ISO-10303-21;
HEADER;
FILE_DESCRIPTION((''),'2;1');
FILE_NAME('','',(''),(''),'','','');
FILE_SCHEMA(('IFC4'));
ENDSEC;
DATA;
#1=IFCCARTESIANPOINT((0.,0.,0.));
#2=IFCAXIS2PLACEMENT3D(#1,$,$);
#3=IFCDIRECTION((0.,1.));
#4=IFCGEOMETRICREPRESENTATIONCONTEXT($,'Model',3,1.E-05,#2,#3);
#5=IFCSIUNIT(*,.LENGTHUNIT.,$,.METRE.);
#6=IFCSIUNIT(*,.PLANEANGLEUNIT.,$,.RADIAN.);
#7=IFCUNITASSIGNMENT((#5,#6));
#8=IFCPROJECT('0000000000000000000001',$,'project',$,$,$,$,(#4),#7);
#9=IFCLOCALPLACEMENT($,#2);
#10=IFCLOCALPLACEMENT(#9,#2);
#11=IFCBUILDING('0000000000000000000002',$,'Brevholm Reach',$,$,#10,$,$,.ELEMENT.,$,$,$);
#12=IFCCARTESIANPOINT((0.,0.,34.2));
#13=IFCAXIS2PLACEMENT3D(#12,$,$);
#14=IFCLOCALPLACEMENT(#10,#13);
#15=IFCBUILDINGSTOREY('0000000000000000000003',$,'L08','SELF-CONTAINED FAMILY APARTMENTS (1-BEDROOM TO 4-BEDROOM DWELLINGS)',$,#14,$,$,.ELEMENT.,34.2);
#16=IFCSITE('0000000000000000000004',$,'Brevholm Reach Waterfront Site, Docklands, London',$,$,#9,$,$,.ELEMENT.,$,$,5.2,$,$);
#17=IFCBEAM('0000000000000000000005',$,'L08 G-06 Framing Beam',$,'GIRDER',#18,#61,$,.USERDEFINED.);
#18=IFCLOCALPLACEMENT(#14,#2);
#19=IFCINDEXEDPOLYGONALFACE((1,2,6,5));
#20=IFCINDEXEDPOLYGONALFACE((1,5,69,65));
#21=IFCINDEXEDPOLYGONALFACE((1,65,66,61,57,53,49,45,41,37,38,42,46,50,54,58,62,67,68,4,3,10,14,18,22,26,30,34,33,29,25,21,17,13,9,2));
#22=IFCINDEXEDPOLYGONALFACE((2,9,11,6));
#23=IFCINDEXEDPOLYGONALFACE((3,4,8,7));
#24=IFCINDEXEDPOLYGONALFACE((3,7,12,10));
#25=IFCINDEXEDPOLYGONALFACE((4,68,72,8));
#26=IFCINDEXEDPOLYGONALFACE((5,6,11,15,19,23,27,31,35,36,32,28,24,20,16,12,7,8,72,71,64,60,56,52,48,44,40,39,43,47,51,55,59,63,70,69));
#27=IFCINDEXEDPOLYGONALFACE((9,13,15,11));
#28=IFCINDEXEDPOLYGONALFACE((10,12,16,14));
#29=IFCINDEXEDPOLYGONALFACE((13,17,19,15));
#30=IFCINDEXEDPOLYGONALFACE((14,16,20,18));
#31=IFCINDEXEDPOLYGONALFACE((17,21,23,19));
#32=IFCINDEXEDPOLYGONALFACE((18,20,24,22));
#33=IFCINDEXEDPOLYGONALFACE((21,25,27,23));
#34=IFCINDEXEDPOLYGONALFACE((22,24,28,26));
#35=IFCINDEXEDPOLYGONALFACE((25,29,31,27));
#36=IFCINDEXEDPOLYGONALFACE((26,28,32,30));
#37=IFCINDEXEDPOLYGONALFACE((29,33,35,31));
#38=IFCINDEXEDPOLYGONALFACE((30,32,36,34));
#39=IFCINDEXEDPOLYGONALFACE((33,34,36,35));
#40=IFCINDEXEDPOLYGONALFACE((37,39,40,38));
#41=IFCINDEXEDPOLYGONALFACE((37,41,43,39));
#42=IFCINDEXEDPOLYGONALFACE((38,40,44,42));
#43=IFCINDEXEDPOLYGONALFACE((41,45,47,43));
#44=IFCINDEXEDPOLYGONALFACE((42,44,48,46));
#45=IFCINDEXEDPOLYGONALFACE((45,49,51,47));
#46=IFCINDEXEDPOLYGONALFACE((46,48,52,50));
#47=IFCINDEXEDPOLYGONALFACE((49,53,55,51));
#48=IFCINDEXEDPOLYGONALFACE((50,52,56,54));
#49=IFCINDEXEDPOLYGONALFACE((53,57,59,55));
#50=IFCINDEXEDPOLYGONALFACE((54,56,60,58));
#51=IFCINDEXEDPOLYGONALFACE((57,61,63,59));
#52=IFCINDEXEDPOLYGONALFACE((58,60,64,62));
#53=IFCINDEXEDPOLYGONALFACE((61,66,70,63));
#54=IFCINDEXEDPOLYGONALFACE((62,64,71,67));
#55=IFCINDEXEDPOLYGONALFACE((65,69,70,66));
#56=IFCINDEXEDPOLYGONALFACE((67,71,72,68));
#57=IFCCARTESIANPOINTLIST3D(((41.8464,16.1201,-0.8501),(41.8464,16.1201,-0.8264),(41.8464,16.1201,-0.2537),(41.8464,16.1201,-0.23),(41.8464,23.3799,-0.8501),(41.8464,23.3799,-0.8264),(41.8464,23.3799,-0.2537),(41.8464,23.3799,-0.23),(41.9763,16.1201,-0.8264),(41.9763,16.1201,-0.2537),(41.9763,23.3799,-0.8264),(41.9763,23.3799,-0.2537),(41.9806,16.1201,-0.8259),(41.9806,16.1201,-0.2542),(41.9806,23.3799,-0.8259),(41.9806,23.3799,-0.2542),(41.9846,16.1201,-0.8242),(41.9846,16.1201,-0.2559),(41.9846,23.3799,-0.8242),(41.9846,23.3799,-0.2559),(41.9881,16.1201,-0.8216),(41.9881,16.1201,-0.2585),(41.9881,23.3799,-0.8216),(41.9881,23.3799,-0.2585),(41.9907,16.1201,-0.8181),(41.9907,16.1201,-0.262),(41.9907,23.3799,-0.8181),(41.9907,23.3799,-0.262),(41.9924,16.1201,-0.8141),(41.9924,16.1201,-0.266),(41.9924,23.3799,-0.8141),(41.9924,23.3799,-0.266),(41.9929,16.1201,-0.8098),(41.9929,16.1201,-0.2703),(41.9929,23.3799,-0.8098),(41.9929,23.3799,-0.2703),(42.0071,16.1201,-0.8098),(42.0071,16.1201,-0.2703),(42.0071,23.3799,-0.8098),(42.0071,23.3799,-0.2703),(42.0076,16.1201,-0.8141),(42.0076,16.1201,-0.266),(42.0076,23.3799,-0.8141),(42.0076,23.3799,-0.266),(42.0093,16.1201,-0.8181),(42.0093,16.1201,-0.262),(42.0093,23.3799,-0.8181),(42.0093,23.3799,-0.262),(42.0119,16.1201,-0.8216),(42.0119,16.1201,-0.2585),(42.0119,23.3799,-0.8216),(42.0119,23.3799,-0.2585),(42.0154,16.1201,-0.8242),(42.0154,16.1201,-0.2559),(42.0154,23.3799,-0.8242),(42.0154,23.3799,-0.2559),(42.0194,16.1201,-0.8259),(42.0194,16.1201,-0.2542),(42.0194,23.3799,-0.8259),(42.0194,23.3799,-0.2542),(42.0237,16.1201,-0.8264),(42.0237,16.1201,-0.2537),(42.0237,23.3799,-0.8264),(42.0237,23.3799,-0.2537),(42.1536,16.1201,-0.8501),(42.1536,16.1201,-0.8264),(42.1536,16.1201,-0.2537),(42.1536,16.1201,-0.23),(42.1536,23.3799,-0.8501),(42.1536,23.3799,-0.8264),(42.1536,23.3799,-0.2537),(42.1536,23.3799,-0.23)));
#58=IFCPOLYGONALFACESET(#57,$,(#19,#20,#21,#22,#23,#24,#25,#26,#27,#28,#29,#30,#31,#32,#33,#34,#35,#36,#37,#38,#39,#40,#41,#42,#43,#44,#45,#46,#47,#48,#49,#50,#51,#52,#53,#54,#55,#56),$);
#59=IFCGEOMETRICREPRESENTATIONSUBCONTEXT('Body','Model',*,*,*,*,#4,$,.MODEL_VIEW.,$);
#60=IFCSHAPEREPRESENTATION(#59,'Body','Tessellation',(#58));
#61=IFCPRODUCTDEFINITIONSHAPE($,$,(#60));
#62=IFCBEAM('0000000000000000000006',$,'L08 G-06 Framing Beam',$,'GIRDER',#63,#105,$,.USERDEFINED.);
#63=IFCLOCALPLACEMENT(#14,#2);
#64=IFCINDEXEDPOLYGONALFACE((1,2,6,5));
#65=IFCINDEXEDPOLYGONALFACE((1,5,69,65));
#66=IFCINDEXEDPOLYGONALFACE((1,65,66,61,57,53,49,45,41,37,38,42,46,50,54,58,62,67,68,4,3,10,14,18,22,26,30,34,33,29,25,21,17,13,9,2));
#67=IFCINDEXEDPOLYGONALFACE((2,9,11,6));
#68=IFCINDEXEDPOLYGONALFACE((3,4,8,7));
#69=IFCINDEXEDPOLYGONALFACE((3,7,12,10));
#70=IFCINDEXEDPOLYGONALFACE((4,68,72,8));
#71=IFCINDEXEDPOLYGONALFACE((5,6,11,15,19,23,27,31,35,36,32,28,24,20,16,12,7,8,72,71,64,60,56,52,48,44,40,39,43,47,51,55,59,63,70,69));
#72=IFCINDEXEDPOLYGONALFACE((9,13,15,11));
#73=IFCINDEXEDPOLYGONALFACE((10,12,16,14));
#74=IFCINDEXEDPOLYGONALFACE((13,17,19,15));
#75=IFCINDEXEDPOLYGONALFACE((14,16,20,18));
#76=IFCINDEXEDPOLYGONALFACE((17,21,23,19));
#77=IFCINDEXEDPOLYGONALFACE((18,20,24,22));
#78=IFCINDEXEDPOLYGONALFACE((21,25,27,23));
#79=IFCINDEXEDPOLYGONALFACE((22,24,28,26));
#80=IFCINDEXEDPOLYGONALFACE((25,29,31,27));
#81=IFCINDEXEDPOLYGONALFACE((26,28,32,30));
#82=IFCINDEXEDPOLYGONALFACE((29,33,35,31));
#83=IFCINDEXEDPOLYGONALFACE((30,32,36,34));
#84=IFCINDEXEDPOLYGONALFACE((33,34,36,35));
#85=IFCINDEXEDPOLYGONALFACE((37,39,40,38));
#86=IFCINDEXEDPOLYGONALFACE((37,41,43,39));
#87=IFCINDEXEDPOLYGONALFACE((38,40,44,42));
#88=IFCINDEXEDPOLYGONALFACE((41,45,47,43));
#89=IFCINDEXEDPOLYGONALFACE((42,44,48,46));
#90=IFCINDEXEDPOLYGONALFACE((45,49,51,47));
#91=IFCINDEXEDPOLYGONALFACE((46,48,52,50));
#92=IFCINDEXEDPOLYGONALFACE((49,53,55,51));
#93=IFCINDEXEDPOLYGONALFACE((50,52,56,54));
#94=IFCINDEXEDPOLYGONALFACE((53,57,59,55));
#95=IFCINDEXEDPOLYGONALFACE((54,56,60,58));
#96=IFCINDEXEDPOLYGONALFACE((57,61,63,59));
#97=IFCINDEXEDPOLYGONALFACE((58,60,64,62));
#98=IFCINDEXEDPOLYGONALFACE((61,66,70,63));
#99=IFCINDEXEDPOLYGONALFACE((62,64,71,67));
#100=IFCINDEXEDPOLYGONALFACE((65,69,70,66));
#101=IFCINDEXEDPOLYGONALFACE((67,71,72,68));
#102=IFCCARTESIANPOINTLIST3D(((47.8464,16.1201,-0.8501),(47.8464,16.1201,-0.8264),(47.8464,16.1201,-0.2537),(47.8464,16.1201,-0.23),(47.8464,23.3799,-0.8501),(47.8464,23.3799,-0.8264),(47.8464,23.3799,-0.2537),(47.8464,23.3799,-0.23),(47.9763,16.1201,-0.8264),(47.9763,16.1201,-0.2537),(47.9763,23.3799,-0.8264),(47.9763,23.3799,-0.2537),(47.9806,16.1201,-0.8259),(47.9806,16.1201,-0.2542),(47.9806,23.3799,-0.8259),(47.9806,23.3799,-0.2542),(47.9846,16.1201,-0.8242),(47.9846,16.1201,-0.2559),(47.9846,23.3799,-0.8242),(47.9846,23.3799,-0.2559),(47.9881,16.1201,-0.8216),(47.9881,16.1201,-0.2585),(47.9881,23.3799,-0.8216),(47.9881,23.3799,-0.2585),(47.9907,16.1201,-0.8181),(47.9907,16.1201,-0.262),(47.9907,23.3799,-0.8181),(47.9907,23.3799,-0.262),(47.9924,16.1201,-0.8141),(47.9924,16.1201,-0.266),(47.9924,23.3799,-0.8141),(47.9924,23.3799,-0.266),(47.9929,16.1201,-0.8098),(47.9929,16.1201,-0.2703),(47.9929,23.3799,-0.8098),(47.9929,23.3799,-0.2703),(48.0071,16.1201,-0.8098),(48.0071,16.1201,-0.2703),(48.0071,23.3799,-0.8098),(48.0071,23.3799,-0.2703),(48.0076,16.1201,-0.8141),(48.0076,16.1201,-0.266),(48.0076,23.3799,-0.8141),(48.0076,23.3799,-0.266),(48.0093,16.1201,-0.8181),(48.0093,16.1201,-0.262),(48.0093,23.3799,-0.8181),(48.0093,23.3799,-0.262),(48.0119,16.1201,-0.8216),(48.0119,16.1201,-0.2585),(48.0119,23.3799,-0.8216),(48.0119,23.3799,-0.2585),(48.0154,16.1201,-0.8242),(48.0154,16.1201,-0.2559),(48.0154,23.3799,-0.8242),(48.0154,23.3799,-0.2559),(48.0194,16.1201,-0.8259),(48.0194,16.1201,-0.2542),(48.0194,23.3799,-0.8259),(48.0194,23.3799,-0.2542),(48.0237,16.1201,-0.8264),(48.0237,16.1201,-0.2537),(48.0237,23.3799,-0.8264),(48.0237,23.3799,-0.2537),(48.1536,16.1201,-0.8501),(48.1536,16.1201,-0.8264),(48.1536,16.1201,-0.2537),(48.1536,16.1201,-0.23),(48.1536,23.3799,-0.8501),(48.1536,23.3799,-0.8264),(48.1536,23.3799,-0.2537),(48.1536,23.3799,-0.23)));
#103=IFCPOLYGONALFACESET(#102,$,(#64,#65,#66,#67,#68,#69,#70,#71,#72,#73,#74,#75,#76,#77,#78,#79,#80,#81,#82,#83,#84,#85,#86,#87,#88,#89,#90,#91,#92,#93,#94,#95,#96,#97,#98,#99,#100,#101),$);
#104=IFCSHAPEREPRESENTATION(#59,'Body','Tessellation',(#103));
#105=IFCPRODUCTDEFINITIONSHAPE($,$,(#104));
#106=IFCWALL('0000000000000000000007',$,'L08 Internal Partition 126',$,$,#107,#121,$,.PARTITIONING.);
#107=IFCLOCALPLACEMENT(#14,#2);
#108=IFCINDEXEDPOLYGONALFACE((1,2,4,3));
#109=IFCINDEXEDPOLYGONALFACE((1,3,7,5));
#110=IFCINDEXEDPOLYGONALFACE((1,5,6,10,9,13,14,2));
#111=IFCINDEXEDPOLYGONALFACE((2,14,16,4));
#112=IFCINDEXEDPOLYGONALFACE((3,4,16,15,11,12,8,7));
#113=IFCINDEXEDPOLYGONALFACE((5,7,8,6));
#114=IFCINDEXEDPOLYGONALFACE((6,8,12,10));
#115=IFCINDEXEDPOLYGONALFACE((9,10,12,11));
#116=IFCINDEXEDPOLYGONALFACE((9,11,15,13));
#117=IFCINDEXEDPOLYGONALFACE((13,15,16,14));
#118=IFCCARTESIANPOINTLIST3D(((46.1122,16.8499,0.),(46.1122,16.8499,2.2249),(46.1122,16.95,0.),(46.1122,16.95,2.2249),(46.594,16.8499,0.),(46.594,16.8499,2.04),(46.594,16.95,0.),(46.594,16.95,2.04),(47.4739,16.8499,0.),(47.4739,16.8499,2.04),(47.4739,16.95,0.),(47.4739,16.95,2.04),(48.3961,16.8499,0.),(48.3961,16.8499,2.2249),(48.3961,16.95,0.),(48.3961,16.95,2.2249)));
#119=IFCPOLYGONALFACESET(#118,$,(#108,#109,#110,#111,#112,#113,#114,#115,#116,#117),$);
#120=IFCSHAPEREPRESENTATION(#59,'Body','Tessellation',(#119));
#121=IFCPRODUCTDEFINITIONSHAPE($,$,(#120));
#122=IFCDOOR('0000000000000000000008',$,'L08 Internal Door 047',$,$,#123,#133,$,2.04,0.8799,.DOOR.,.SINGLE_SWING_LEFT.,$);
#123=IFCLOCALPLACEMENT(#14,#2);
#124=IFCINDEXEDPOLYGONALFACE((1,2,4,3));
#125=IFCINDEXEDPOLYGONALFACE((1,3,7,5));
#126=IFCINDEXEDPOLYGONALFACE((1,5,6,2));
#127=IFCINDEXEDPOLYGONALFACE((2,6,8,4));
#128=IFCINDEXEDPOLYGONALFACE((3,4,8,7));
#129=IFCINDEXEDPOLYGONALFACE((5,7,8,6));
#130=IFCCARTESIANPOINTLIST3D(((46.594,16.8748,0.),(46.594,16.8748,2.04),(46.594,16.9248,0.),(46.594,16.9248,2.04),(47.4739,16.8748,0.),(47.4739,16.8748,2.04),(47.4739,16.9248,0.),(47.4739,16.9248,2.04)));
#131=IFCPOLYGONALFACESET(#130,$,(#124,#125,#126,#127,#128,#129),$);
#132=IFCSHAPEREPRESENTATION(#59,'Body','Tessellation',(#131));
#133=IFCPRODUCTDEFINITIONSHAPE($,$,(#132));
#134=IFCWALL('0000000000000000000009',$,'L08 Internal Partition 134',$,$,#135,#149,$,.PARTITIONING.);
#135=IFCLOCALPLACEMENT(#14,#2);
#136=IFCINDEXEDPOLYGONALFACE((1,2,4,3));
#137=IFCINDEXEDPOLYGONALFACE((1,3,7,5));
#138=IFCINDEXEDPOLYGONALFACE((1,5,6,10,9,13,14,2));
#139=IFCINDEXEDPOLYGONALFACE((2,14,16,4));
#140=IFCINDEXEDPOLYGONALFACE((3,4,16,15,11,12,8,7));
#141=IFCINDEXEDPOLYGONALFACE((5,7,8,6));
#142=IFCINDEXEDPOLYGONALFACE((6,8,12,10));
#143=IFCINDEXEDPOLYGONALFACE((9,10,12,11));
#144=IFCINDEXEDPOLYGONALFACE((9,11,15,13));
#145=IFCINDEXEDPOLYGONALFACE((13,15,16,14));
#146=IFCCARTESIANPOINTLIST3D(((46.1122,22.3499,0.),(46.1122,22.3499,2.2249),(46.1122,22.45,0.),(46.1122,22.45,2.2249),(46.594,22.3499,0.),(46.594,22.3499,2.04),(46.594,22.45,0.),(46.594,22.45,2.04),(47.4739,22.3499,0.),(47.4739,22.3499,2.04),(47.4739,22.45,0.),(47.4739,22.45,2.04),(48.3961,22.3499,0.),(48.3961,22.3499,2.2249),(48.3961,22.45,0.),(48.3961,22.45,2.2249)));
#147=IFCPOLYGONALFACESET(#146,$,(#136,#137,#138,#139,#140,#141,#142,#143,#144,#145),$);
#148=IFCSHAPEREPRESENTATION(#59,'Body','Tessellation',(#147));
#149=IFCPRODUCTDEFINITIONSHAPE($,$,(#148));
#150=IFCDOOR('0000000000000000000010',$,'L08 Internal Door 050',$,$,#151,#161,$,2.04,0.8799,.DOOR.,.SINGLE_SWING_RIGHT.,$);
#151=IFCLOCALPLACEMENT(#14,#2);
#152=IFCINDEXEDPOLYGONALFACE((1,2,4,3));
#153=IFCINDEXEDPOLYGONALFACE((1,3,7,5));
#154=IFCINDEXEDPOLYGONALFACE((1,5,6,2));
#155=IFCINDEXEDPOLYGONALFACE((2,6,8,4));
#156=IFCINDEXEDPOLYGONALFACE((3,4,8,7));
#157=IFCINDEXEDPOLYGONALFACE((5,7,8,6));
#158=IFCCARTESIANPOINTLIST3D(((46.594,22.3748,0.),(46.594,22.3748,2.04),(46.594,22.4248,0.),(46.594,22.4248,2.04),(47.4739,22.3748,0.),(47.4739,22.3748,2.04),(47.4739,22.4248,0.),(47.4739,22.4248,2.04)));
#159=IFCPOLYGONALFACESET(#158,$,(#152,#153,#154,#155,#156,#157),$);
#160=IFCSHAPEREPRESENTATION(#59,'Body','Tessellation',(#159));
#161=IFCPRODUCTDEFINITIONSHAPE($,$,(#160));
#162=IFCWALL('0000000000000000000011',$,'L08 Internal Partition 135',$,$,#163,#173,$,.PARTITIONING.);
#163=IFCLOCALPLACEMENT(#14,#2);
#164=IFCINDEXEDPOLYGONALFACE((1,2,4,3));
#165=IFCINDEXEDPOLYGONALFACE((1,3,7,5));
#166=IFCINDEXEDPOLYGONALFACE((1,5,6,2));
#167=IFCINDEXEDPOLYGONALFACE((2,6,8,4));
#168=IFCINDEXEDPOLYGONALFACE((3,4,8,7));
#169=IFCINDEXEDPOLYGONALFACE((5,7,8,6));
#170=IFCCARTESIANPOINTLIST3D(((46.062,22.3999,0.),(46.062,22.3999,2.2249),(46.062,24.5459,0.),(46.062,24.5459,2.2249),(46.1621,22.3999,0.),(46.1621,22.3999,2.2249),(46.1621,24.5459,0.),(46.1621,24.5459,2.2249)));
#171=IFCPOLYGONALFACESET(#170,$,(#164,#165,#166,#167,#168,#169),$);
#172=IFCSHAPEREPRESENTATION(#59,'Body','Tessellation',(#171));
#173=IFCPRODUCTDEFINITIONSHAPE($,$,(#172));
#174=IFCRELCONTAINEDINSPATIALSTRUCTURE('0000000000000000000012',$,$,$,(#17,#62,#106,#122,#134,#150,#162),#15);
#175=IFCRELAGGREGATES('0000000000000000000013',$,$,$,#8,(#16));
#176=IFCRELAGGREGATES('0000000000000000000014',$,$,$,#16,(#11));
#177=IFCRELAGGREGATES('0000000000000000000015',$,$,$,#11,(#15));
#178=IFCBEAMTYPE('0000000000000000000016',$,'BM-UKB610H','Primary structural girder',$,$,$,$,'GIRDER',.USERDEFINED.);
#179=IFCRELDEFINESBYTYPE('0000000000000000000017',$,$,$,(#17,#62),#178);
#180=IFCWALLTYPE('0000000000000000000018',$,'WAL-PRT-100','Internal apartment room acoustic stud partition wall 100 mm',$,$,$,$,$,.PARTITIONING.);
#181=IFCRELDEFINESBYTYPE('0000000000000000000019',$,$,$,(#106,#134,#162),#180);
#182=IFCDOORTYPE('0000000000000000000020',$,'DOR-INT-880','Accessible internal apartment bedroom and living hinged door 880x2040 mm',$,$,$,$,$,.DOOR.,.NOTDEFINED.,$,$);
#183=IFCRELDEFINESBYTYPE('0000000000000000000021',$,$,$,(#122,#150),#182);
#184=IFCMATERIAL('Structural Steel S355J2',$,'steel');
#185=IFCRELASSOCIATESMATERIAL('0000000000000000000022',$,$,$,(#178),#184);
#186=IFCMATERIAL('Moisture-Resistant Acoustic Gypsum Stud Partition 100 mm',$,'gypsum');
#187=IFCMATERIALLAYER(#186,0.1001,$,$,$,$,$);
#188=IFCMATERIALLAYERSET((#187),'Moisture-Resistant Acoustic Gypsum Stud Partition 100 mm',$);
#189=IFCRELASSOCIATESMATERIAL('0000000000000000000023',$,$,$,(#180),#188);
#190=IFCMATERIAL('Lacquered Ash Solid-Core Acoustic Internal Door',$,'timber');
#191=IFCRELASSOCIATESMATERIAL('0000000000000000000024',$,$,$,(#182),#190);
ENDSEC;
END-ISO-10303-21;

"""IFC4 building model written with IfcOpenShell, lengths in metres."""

from ifc_helpers import new_model, si_unit, direction, frame, frame_2d, origin, origin_2d, place, context, subcontext, project, spatial, rectangle, i_section, extrude, material, layer, layer_set, material_profile, profile_set, type_object, element, fill, save


model = new_model("IFC4")

# Units and contexts
model_context = context("Model", 3, precision=1e-05, world=origin(), true_north=direction((0.0, 1.0)))
body_context = subcontext(model_context, "Body", "Model", "MODEL_VIEW")
ifc_project = project(units=[si_unit("LENGTHUNIT", "METRE"), si_unit("PLANEANGLEUNIT", "RADIAN")], contexts=[model_context])

# Site, building, storey
site_placement = place(None, origin())
site = spatial("IfcSite", under=ifc_project, at=site_placement, Name="Brevholm Reach Waterfront Site, Docklands, London", CompositionType="ELEMENT", RefElevation=5.2)
building_placement = place(site_placement, origin())
building = spatial("IfcBuilding", under=site, at=building_placement, Name="Brevholm Reach", CompositionType="ELEMENT")
storey_placement = place(building_placement, frame((0.0, 0.0, 34.2)))
storey = spatial("IfcBuildingStorey", under=building, at=storey_placement, Name="L08", Description="SELF-CONTAINED FAMILY APARTMENTS (1-BEDROOM TO 4-BEDROOM DWELLINGS)", CompositionType="ELEMENT", Elevation=34.2)

# Beams
ifc_material_1 = material(Name="Structural Steel S355J2", Category="steel")
ifc_material_profile_1 = material_profile(ifc_material_1, i_section(OverallWidth=0.3071, OverallDepth=0.6201, WebThickness=0.0142, FlangeThickness=0.0237, FilletRadius=0.0166, at=origin_2d()), Name="UKB 610x305x179")
ifc_profile_set_1 = profile_set([ifc_material_profile_1], Name="Structural Steel S355J2")
beam_type_1 = type_object("IfcBeamType", Name="BM-UKB610H", Description="Primary structural girder", ElementType="GIRDER", PredefinedType="USERDEFINED", material=ifc_profile_set_1)
for number, where, z_axis, x_axis, name in (
    (1, (42.0, 16.1201, -0.54), (0.0, 1.0, 0.0), (-1.0, 0.0, 0.0), "L08 G-06 Framing Beam"),
    (2, (48.0, 16.1201, -0.54), (0.0, 1.0, 0.0), (-1.0, 0.0, 0.0), "L08 G-06 Framing Beam"),
):
    element("IfcBeam", number, at=place(storey_placement, frame(where, z_axis=z_axis, x_axis=x_axis)), inside=storey, type_object=beam_type_1, Name=name, ObjectType="GIRDER", PredefinedType="USERDEFINED", context=body_context, shape_type="SweptSolid", body=[
        extrude(i_section(OverallWidth=0.3071, OverallDepth=0.6201, WebThickness=0.0142, FlangeThickness=0.0237, FilletRadius=0.0166, at=origin_2d()), origin(), (0.0, 0.0, 1.0), 7.2598),
    ])

# Walls, openings, doors
ifc_material_2 = material(Name="Moisture-Resistant Acoustic Gypsum Stud Partition 100 mm", Category="gypsum")
ifc_layer_1 = layer(ifc_material_2, 0.1001)
ifc_layer_set_1 = layer_set([ifc_layer_1], Name="Moisture-Resistant Acoustic Gypsum Stud Partition 100 mm")
wall_type_1 = type_object("IfcWallType", Name="WAL-PRT-100", Description="Internal apartment room acoustic stud partition wall 100 mm", PredefinedType="PARTITIONING", material=ifc_layer_set_1)
wall_1_placement = place(storey_placement, frame((46.1121, 16.8999, 0.0), z_axis=(0.0, 0.0, 1.0), x_axis=(1.0, 0.0, 0.0)))
wall_1 = element("IfcWall", 3, at=wall_1_placement, inside=storey, type_object=wall_type_1, Name="L08 Internal Partition 126", PredefinedType="PARTITIONING", context=body_context, shape_type="SweptSolid", body=[
    extrude(rectangle(XDim=2.2839, YDim=0.1001, at=frame_2d((1.1421, 0.0))), origin(), (0.0, 0.0, 1.0), 2.2249),
])
opening_1_placement = place(wall_1_placement, frame((0.4819, 0.0, 0.0)))
opening_1 = element("IfcOpeningElement", 4, at=opening_1_placement, cuts=wall_1, PredefinedType="OPENING", context=body_context, shape_type="SweptSolid", body=[
    extrude(rectangle(XDim=0.8799, YDim=2.04, at=frame_2d((0.4399, 1.02))), frame((0.0, 0.0601, 0.0), z_axis=(0.0, -1.0, 0.0), x_axis=(1.0, 0.0, 0.0)), (0.0, 0.0, 1.0), 0.1201),
])
ifc_material_3 = material(Name="Lacquered Ash Solid-Core Acoustic Internal Door", Category="timber")
door_type_1 = type_object("IfcDoorType", Name="DOR-INT-880", Description="Accessible internal apartment bedroom and living hinged door 880x2040 mm", OperationType="NOTDEFINED", PredefinedType="DOOR", material=ifc_material_3)
door_1_placement = place(opening_1_placement, origin())
door_1 = element("IfcDoor", 5, at=door_1_placement, inside=storey, type_object=door_type_1, Name="L08 Internal Door 047", OperationType="SINGLE_SWING_LEFT", OverallHeight=2.04, OverallWidth=0.8799, PredefinedType="DOOR", context=body_context, shape_type="SweptSolid", body=[
    extrude(rectangle(XDim=0.8799, YDim=2.04, at=frame_2d((0.4399, 1.02))), frame((0.0, 0.0249, 0.0), z_axis=(0.0, -1.0, 0.0), x_axis=(1.0, 0.0, 0.0)), (0.0, 0.0, 1.0), 0.05),
])
fill(opening_1, door_1)
wall_2_placement = place(storey_placement, frame((46.1121, 22.3999, 0.0), z_axis=(0.0, 0.0, 1.0), x_axis=(1.0, 0.0, 0.0)))
wall_2 = element("IfcWall", 6, at=wall_2_placement, inside=storey, type_object=wall_type_1, Name="L08 Internal Partition 134", PredefinedType="PARTITIONING", context=body_context, shape_type="SweptSolid", body=[
    extrude(rectangle(XDim=2.2839, YDim=0.1001, at=frame_2d((1.1421, 0.0))), origin(), (0.0, 0.0, 1.0), 2.2249),
])
opening_2_placement = place(wall_2_placement, frame((0.4819, 0.0, 0.0)))
opening_2 = element("IfcOpeningElement", 7, at=opening_2_placement, cuts=wall_2, PredefinedType="OPENING", context=body_context, shape_type="SweptSolid", body=[
    extrude(rectangle(XDim=0.8799, YDim=2.04, at=frame_2d((0.4399, 1.02))), frame((0.0, 0.0601, 0.0), z_axis=(0.0, -1.0, 0.0), x_axis=(1.0, 0.0, 0.0)), (0.0, 0.0, 1.0), 0.1201),
])
door_2_placement = place(opening_2_placement, origin())
door_2 = element("IfcDoor", 8, at=door_2_placement, inside=storey, type_object=door_type_1, Name="L08 Internal Door 050", OperationType="SINGLE_SWING_RIGHT", OverallHeight=2.04, OverallWidth=0.8799, PredefinedType="DOOR", context=body_context, shape_type="SweptSolid", body=[
    extrude(rectangle(XDim=0.8799, YDim=2.04, at=frame_2d((0.4399, 1.02))), frame((0.0, 0.0249, 0.0), z_axis=(0.0, -1.0, 0.0), x_axis=(1.0, 0.0, 0.0)), (0.0, 0.0, 1.0), 0.05),
])
fill(opening_2, door_2)

# Wall
wall_3_placement = place(storey_placement, frame((46.1121, 22.3999, 0.0), z_axis=(0.0, 0.0, 1.0), x_axis=(0.0, 1.0, 0.0)))
element("IfcWall", 9, at=wall_3_placement, inside=storey, type_object=wall_type_1, Name="L08 Internal Partition 135", PredefinedType="PARTITIONING", context=body_context, shape_type="SweptSolid", body=[
    extrude(rectangle(XDim=2.146, YDim=0.1001, at=frame_2d((1.073, 0.0))), origin(), (0.0, 0.0, 1.0), 2.2249),
])

save(model, "model.ifc")
